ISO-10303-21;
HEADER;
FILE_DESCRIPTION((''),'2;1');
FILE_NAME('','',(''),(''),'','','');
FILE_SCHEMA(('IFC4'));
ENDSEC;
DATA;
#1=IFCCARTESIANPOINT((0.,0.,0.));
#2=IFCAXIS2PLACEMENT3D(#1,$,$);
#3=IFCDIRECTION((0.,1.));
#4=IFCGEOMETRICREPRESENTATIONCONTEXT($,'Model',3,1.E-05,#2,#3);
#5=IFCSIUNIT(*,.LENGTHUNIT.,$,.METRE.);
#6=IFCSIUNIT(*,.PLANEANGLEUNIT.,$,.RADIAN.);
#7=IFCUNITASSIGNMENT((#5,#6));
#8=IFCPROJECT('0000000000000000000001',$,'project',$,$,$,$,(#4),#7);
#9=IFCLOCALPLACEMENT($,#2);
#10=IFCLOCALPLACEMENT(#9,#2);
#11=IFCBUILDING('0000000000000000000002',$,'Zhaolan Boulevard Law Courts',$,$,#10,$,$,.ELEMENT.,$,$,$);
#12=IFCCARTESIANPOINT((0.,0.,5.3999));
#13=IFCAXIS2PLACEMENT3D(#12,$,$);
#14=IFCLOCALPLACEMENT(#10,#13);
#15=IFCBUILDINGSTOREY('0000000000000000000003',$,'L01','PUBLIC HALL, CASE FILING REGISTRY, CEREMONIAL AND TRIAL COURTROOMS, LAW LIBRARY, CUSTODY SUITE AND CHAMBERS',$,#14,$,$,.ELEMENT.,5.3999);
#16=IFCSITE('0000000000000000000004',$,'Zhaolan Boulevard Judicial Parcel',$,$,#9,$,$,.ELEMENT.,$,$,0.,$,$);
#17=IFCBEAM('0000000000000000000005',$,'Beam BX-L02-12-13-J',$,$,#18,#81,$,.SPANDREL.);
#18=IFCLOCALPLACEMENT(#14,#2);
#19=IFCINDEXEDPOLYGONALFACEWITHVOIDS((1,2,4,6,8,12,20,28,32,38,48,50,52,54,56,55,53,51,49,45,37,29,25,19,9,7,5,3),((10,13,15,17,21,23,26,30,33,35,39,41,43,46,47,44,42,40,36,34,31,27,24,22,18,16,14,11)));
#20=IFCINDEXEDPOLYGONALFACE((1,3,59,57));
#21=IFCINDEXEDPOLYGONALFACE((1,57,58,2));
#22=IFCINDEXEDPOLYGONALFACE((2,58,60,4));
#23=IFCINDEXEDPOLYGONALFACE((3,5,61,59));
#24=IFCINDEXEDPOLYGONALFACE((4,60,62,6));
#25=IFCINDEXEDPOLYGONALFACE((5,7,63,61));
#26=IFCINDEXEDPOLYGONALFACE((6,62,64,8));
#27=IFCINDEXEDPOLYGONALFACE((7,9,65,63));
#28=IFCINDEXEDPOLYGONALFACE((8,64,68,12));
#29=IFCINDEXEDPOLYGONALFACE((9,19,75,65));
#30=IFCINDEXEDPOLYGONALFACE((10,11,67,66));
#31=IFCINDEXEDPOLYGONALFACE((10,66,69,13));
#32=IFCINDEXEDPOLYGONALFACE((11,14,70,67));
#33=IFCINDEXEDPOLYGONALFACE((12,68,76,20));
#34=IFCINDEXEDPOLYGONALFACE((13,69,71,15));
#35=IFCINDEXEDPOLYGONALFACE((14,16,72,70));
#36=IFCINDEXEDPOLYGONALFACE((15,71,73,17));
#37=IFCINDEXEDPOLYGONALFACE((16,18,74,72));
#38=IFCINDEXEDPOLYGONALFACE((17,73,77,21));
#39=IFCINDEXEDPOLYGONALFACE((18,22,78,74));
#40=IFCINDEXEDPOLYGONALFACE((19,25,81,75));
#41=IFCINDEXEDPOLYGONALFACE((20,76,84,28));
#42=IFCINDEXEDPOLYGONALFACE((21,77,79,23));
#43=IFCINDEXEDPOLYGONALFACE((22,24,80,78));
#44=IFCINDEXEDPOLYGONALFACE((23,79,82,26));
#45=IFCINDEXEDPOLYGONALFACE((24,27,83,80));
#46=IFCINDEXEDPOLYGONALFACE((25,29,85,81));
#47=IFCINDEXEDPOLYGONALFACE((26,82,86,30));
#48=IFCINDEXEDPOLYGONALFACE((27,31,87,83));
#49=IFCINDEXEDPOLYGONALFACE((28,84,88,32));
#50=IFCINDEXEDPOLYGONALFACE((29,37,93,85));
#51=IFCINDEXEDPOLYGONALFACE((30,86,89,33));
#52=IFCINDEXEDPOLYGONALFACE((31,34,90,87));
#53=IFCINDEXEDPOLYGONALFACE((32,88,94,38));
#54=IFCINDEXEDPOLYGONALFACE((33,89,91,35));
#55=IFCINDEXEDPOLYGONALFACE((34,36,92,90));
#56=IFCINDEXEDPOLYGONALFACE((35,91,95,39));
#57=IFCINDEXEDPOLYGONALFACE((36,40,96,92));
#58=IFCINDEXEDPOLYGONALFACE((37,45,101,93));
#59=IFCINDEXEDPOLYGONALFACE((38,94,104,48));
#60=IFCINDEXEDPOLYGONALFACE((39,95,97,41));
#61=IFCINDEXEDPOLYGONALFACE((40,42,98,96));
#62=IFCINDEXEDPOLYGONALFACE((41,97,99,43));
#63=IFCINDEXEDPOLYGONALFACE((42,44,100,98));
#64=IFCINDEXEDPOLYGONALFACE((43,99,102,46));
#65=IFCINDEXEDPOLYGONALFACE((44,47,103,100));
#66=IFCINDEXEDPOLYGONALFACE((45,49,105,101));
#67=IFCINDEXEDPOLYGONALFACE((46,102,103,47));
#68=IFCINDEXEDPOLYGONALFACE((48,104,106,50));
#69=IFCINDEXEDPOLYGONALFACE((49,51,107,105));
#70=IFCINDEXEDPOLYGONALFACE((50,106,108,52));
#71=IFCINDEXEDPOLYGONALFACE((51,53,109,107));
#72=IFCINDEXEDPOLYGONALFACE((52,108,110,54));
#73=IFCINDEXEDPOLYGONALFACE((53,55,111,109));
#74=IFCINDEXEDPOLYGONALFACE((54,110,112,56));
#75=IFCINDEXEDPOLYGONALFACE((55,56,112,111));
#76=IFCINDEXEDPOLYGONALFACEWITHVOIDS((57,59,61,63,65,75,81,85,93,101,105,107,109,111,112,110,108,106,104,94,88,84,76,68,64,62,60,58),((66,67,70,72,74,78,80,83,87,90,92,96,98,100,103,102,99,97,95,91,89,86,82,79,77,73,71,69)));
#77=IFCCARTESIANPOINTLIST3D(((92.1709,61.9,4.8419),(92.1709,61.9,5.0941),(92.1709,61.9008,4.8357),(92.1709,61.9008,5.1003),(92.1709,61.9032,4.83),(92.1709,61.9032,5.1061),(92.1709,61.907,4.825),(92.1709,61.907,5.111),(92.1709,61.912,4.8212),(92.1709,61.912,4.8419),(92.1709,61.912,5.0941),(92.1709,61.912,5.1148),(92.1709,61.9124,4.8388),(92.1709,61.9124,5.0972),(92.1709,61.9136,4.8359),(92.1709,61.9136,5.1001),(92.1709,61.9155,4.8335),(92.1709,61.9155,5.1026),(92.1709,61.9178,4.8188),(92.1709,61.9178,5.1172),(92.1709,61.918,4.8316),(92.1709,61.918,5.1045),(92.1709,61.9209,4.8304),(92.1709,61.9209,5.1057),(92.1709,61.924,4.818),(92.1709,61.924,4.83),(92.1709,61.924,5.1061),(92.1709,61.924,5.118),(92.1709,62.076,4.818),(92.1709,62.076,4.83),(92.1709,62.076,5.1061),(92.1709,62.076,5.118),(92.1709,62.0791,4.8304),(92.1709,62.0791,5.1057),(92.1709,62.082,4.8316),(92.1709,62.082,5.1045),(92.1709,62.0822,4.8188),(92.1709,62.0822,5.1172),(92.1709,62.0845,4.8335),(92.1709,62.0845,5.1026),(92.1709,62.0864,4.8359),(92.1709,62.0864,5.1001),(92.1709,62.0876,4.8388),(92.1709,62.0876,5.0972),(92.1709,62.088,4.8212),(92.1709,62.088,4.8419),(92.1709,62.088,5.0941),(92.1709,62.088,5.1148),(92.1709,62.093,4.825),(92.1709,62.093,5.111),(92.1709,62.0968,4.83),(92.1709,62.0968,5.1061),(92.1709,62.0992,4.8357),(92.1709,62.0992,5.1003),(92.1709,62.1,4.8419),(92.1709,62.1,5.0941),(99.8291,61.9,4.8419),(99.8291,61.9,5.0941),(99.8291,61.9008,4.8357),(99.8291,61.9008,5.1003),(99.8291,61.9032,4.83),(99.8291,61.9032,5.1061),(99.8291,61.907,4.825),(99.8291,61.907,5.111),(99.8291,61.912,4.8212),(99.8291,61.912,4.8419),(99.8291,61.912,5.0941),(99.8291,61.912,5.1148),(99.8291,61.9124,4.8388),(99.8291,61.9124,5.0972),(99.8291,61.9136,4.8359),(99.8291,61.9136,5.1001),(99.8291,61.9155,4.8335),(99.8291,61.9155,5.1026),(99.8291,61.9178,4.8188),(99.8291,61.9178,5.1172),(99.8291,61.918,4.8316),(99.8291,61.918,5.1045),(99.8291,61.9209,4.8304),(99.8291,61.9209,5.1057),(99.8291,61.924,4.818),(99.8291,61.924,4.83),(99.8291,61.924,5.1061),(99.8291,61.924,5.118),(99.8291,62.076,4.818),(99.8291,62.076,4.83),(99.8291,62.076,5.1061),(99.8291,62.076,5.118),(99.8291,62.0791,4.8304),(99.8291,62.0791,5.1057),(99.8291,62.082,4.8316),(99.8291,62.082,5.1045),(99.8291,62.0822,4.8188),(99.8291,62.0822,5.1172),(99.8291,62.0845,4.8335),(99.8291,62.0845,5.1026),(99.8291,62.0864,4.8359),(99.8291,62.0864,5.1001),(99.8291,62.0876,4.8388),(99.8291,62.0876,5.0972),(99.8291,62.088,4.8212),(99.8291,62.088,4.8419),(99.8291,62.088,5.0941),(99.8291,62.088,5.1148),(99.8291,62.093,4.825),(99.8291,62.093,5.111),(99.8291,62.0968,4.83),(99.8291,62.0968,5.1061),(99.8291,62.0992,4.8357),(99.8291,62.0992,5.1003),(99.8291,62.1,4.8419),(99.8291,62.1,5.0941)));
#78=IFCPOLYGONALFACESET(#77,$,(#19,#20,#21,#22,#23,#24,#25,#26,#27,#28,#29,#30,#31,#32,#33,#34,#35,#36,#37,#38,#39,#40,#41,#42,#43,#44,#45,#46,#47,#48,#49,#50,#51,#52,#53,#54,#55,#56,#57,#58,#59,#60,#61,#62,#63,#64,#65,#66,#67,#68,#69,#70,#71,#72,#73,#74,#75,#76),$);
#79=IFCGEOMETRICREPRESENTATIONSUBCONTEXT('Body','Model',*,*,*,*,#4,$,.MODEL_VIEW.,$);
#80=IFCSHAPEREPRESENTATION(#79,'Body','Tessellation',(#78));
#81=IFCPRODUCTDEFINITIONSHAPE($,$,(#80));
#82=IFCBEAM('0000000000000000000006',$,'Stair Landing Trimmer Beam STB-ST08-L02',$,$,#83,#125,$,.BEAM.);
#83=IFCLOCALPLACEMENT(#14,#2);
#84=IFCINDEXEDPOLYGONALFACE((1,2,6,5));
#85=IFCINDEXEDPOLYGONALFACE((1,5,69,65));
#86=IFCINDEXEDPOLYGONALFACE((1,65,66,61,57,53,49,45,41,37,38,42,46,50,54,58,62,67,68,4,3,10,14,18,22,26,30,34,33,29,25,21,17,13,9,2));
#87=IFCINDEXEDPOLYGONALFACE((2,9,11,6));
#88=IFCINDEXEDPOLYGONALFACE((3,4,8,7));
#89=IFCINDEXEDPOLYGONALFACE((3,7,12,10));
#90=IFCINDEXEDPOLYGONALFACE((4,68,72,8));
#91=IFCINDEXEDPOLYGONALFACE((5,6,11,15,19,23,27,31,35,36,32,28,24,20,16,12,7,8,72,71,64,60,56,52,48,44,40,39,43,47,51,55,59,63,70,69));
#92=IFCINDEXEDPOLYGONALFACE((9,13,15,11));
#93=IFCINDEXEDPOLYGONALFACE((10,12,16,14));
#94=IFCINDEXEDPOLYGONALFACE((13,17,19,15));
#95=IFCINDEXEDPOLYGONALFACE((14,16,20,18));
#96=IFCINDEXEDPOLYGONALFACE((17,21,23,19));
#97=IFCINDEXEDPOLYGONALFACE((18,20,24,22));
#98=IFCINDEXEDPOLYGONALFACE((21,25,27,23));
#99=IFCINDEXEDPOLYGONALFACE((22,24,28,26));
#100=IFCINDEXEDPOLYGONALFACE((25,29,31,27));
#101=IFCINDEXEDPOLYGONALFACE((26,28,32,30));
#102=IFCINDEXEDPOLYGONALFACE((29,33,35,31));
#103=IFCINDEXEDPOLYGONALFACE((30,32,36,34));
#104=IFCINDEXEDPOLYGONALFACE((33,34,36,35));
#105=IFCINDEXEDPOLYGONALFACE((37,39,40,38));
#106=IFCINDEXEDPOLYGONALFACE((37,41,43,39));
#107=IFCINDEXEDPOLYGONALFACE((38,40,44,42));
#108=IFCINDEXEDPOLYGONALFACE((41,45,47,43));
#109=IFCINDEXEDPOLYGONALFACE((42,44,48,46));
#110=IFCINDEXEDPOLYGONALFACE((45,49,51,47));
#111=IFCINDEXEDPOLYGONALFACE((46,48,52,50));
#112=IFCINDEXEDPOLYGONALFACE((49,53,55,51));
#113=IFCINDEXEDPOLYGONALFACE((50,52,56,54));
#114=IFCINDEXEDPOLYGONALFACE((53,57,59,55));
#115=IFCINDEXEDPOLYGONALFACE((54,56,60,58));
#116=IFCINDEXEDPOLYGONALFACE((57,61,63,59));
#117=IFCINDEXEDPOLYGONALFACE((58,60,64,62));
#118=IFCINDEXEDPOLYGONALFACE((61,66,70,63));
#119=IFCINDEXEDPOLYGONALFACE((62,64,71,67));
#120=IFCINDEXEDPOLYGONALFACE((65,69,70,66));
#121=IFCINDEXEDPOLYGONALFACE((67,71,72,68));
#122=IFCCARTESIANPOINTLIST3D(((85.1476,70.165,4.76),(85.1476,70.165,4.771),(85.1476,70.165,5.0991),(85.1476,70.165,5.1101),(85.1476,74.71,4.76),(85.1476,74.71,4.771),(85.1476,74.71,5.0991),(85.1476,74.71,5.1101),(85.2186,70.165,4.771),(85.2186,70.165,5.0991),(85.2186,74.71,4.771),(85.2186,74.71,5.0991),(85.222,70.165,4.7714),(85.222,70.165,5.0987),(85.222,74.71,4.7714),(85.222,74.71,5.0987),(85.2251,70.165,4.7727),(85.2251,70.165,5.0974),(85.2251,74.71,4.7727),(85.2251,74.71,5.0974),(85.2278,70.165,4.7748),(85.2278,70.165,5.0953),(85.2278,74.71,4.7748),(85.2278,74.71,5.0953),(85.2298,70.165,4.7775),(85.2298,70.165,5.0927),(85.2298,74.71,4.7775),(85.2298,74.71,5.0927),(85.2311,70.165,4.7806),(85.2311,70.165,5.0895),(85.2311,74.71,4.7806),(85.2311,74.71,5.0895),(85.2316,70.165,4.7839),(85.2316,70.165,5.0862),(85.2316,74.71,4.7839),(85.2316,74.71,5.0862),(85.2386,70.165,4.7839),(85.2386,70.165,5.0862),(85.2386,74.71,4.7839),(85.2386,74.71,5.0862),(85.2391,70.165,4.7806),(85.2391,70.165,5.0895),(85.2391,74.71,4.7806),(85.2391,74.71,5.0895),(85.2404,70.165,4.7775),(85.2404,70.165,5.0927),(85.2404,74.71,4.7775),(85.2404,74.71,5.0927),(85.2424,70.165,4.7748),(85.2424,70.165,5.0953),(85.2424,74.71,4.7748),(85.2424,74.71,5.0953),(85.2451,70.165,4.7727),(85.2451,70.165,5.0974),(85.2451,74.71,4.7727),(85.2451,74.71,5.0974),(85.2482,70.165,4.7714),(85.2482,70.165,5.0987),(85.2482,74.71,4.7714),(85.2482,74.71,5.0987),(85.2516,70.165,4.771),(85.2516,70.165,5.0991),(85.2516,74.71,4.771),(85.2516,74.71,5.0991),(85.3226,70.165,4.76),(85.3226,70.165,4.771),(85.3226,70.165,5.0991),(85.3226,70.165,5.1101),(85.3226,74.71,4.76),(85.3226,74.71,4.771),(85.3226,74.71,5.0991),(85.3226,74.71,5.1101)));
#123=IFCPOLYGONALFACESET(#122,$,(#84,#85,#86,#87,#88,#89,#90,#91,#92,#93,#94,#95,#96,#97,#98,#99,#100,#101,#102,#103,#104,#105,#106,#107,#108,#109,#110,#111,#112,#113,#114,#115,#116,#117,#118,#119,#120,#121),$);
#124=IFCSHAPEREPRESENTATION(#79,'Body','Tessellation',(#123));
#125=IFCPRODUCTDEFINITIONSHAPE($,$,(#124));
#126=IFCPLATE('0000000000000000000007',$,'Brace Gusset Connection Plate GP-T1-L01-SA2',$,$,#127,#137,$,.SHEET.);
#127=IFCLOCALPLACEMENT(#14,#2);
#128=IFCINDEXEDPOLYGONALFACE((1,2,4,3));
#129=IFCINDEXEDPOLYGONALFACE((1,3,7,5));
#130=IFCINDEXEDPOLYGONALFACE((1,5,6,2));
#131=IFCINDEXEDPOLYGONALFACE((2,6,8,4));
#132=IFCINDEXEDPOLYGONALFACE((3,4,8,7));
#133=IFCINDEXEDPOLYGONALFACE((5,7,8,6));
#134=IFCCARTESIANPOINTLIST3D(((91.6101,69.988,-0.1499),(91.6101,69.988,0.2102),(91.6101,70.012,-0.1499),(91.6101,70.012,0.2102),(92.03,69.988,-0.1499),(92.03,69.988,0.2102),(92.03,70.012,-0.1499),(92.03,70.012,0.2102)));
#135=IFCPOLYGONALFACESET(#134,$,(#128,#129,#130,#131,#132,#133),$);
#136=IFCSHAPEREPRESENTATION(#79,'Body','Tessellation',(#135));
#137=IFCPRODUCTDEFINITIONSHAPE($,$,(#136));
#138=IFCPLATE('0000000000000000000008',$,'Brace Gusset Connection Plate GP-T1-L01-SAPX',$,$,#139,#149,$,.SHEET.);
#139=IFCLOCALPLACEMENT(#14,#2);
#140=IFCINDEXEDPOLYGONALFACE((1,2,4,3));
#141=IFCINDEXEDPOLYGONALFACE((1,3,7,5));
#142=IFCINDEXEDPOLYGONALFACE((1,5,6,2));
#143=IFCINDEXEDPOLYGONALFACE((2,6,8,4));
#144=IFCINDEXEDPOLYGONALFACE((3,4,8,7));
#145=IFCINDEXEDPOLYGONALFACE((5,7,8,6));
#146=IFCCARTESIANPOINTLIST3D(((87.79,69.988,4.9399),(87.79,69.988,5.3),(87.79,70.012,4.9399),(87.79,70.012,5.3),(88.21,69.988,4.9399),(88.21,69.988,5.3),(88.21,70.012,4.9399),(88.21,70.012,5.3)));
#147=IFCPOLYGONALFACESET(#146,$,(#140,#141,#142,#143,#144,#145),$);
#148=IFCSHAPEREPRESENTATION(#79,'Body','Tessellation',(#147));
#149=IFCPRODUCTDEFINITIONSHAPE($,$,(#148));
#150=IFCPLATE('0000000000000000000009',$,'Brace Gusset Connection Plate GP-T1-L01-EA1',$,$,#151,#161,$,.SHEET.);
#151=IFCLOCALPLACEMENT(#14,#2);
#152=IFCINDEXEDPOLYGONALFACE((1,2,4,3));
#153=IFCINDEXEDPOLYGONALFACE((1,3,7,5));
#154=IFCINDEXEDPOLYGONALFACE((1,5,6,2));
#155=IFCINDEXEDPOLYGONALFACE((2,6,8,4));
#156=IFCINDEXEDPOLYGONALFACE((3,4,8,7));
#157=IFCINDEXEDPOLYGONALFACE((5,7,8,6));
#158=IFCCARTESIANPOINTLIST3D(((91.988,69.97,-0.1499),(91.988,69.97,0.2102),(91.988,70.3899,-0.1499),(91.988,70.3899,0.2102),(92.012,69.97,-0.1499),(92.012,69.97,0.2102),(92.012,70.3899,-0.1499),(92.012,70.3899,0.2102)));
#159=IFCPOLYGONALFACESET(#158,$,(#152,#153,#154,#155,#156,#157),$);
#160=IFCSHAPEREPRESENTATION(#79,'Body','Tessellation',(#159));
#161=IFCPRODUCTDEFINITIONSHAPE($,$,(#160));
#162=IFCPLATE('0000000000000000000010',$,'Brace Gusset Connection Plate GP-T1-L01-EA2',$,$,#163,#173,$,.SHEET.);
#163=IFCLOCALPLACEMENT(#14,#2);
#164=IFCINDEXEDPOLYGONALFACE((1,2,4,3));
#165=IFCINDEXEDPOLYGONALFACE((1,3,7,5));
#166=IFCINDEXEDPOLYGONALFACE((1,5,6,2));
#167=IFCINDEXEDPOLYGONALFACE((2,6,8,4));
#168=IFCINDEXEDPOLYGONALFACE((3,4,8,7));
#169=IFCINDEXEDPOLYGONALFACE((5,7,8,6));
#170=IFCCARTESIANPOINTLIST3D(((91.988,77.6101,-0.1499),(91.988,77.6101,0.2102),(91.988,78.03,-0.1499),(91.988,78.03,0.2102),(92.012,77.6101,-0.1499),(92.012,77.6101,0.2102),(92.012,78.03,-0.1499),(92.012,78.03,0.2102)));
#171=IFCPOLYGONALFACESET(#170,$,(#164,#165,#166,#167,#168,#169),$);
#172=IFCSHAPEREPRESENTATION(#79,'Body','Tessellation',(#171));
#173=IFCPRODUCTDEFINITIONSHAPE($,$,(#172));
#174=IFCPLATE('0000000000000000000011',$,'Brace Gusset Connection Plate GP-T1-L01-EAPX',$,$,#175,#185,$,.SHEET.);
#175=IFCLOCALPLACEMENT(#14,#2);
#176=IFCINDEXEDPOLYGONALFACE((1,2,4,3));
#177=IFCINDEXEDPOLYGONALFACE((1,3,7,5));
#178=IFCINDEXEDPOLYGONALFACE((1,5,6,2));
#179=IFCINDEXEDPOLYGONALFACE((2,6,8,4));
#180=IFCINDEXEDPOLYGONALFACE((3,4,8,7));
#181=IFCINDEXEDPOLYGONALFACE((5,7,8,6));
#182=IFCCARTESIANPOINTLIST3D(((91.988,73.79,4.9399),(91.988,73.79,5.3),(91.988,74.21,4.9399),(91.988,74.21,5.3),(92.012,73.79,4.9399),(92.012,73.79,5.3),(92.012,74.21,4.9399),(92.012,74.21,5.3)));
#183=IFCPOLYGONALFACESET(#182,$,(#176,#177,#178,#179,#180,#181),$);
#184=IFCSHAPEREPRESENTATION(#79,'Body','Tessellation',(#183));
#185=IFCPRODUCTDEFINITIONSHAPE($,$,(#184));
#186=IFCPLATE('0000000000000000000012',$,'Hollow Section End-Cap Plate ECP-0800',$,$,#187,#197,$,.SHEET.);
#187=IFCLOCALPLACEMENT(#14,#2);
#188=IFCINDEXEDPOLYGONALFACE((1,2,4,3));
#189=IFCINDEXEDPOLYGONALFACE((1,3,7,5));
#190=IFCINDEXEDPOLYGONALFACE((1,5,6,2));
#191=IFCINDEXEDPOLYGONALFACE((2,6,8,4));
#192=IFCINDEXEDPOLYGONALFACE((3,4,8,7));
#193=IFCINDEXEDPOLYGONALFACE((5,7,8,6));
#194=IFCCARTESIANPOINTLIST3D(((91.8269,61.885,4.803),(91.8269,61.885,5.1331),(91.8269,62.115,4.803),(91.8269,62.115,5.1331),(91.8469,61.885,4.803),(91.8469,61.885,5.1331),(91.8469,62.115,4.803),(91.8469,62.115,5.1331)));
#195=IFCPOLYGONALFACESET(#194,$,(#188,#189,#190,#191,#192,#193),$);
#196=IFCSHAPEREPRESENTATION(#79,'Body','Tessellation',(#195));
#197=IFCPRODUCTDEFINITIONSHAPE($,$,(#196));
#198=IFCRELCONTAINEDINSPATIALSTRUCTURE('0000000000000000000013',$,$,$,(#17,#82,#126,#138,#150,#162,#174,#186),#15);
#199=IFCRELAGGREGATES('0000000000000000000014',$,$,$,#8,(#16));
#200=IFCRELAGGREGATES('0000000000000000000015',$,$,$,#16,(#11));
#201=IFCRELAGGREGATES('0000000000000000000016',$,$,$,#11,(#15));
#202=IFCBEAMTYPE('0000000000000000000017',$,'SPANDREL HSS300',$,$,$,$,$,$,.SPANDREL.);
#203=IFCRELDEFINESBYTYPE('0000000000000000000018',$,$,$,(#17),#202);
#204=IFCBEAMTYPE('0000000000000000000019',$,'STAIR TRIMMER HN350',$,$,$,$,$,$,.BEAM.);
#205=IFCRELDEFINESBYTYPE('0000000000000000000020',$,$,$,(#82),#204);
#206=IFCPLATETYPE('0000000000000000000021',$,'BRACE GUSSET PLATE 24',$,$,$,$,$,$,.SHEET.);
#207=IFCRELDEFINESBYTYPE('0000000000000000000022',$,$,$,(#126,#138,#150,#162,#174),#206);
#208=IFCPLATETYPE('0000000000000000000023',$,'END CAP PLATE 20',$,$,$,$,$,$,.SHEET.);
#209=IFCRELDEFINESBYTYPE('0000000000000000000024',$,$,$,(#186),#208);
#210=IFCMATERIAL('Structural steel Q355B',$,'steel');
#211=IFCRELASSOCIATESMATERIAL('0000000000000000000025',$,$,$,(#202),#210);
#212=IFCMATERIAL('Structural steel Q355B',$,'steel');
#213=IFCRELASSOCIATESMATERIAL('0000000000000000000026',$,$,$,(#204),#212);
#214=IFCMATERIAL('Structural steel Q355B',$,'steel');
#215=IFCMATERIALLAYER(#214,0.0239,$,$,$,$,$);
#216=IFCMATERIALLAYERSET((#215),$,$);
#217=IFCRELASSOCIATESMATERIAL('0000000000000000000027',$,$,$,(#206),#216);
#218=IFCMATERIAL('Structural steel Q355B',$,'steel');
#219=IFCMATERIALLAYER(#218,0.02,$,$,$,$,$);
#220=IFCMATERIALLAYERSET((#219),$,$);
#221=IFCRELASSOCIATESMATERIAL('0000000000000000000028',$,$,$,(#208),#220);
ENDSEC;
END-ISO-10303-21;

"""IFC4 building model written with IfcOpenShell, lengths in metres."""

from ifc_helpers import new_model, si_unit, direction, frame, origin, origin_2d, place, context, subcontext, project, spatial, rectangle, hollow_rectangle, i_section, extrude, material, layer, layer_set, material_profile, profile_set, type_object, element, save


model = new_model("IFC4")

# Units and contexts
model_context = context("Model", 3, precision=1e-05, world=origin(), true_north=direction((0.0, 1.0)))
body_context = subcontext(model_context, "Body", "Model", "MODEL_VIEW")
ifc_project = project(units=[si_unit("LENGTHUNIT", "METRE"), si_unit("PLANEANGLEUNIT", "RADIAN")], contexts=[model_context])

# Site, building, storey
site_placement = place(None, origin())
site = spatial("IfcSite", under=ifc_project, at=site_placement, Name="Zhaolan Boulevard Judicial Parcel", CompositionType="ELEMENT", RefElevation=0.0)
building_placement = place(site_placement, origin())
building = spatial("IfcBuilding", under=site, at=building_placement, Name="Zhaolan Boulevard Law Courts", CompositionType="ELEMENT")
storey_placement = place(building_placement, frame((0.0, 0.0, 5.3999)))
storey = spatial("IfcBuildingStorey", under=building, at=storey_placement, Name="L01", Description="PUBLIC HALL, CASE FILING REGISTRY, CEREMONIAL AND TRIAL COURTROOMS, LAW LIBRARY, CUSTODY SUITE AND CHAMBERS", CompositionType="ELEMENT", Elevation=5.3999)

# Beams
ifc_material_1 = material(Name="Structural steel Q355B", Category="steel")
ifc_material_profile_1 = material_profile(ifc_material_1, hollow_rectangle(XDim=0.2, YDim=0.3, WallThickness=0.012, InnerFilletRadius=0.012, OuterFilletRadius=0.0239, at=origin_2d()), Name="HSS300x200x12")
ifc_profile_set_1 = profile_set([ifc_material_profile_1], Name="Structural steel Q355B")
beam_type_1 = type_object("IfcBeamType", Name="SPANDREL HSS300", PredefinedType="SPANDREL", material=ifc_profile_set_1)
beam_1_placement = place(storey_placement, frame((92.1709, 62.0, 4.968), z_axis=(1.0, 0.0, 0.0), x_axis=(0.0, 1.0, 0.0)))
element("IfcBeam", 1, at=beam_1_placement, inside=storey, type_object=beam_type_1, Name="Beam BX-L02-12-13-J", PredefinedType="SPANDREL", context=body_context, shape_type="SweptSolid", body=[
    extrude(hollow_rectangle(XDim=0.2, YDim=0.3, WallThickness=0.012, InnerFilletRadius=0.012, OuterFilletRadius=0.0239, at=origin_2d()), origin(), (0.0, 0.0, 1.0), 7.6582),
])
ifc_material_2 = material(Name="Structural steel Q355B", Category="steel")
ifc_material_profile_2 = material_profile(ifc_material_2, i_section(OverallWidth=0.175, OverallDepth=0.3501, WebThickness=0.0071, FlangeThickness=0.011, FilletRadius=0.0129, at=origin_2d()), Name="HN350x175")
ifc_profile_set_2 = profile_set([ifc_material_profile_2], Name="Structural steel Q355B")
beam_type_2 = type_object("IfcBeamType", Name="STAIR TRIMMER HN350", PredefinedType="BEAM", material=ifc_profile_set_2)
beam_2_placement = place(storey_placement, frame((85.2351, 70.165, 4.9351), z_axis=(0.0, 1.0, 0.0), x_axis=(-1.0, 0.0, 0.0)))
element("IfcBeam", 2, at=beam_2_placement, inside=storey, type_object=beam_type_2, Name="Stair Landing Trimmer Beam STB-ST08-L02", PredefinedType="BEAM", context=body_context, shape_type="SweptSolid", body=[
    extrude(i_section(OverallWidth=0.175, OverallDepth=0.3501, WebThickness=0.0071, FlangeThickness=0.011, FilletRadius=0.0129, at=origin_2d()), origin(), (0.0, 0.0, 1.0), 4.5449),
])

# Plates
ifc_material_3 = material(Name="Structural steel Q355B", Category="steel")
ifc_layer_1 = layer(ifc_material_3, 0.0239)
ifc_layer_set_1 = layer_set([ifc_layer_1])
plate_type_1 = type_object("IfcPlateType", Name="BRACE GUSSET PLATE 24", PredefinedType="SHEET", material=ifc_layer_set_1)
for number, where, z_axis, x_axis, name in (
    (3, (91.8201, 70.0, -0.1499), (0.0, 0.0, 1.0), (1.0, 0.0, 0.0), "Brace Gusset Connection Plate GP-T1-L01-SA2"),
    (4, (88.0, 70.0, 4.9399), (0.0, 0.0, 1.0), (1.0, 0.0, 0.0), "Brace Gusset Connection Plate GP-T1-L01-SAPX"),
    (5, (92.0, 70.1799, -0.1499), (0.0, 0.0, 1.0), (0.0, 1.0, 0.0), "Brace Gusset Connection Plate GP-T1-L01-EA1"),
    (6, (92.0, 77.8201, -0.1499), (0.0, 0.0, 1.0), (0.0, 1.0, 0.0), "Brace Gusset Connection Plate GP-T1-L01-EA2"),
    (7, (92.0, 74.0, 4.9399), (0.0, 0.0, 1.0), (0.0, 1.0, 0.0), "Brace Gusset Connection Plate GP-T1-L01-EAPX"),
):
    element("IfcPlate", number, at=place(storey_placement, frame(where, z_axis=z_axis, x_axis=x_axis)), inside=storey, type_object=plate_type_1, Name=name, PredefinedType="SHEET", context=body_context, shape_type="SweptSolid", body=[
        extrude(rectangle(XDim=0.4199, YDim=0.0239, at=origin_2d()), origin(), (0.0, 0.0, 1.0), 0.3601),
    ])
ifc_material_4 = material(Name="Structural steel Q355B", Category="steel")
ifc_layer_2 = layer(ifc_material_4, 0.02)
ifc_layer_set_2 = layer_set([ifc_layer_2])
plate_type_2 = type_object("IfcPlateType", Name="END CAP PLATE 20", PredefinedType="SHEET", material=ifc_layer_set_2)
for number, where, z_axis, x_axis, name in (
    (8, (91.8369, 62.0, 4.803), (0.0, 0.0, 1.0), (1.0, 0.0, 0.0), "Hollow Section End-Cap Plate ECP-0800"),
):
    element("IfcPlate", number, at=place(storey_placement, frame(where, z_axis=z_axis, x_axis=x_axis)), inside=storey, type_object=plate_type_2, Name=name, PredefinedType="SHEET", context=body_context, shape_type="SweptSolid", body=[
        extrude(rectangle(XDim=0.02, YDim=0.23, at=origin_2d()), origin(), (0.0, 0.0, 1.0), 0.3301),
    ])

save(model, "model.ifc")
